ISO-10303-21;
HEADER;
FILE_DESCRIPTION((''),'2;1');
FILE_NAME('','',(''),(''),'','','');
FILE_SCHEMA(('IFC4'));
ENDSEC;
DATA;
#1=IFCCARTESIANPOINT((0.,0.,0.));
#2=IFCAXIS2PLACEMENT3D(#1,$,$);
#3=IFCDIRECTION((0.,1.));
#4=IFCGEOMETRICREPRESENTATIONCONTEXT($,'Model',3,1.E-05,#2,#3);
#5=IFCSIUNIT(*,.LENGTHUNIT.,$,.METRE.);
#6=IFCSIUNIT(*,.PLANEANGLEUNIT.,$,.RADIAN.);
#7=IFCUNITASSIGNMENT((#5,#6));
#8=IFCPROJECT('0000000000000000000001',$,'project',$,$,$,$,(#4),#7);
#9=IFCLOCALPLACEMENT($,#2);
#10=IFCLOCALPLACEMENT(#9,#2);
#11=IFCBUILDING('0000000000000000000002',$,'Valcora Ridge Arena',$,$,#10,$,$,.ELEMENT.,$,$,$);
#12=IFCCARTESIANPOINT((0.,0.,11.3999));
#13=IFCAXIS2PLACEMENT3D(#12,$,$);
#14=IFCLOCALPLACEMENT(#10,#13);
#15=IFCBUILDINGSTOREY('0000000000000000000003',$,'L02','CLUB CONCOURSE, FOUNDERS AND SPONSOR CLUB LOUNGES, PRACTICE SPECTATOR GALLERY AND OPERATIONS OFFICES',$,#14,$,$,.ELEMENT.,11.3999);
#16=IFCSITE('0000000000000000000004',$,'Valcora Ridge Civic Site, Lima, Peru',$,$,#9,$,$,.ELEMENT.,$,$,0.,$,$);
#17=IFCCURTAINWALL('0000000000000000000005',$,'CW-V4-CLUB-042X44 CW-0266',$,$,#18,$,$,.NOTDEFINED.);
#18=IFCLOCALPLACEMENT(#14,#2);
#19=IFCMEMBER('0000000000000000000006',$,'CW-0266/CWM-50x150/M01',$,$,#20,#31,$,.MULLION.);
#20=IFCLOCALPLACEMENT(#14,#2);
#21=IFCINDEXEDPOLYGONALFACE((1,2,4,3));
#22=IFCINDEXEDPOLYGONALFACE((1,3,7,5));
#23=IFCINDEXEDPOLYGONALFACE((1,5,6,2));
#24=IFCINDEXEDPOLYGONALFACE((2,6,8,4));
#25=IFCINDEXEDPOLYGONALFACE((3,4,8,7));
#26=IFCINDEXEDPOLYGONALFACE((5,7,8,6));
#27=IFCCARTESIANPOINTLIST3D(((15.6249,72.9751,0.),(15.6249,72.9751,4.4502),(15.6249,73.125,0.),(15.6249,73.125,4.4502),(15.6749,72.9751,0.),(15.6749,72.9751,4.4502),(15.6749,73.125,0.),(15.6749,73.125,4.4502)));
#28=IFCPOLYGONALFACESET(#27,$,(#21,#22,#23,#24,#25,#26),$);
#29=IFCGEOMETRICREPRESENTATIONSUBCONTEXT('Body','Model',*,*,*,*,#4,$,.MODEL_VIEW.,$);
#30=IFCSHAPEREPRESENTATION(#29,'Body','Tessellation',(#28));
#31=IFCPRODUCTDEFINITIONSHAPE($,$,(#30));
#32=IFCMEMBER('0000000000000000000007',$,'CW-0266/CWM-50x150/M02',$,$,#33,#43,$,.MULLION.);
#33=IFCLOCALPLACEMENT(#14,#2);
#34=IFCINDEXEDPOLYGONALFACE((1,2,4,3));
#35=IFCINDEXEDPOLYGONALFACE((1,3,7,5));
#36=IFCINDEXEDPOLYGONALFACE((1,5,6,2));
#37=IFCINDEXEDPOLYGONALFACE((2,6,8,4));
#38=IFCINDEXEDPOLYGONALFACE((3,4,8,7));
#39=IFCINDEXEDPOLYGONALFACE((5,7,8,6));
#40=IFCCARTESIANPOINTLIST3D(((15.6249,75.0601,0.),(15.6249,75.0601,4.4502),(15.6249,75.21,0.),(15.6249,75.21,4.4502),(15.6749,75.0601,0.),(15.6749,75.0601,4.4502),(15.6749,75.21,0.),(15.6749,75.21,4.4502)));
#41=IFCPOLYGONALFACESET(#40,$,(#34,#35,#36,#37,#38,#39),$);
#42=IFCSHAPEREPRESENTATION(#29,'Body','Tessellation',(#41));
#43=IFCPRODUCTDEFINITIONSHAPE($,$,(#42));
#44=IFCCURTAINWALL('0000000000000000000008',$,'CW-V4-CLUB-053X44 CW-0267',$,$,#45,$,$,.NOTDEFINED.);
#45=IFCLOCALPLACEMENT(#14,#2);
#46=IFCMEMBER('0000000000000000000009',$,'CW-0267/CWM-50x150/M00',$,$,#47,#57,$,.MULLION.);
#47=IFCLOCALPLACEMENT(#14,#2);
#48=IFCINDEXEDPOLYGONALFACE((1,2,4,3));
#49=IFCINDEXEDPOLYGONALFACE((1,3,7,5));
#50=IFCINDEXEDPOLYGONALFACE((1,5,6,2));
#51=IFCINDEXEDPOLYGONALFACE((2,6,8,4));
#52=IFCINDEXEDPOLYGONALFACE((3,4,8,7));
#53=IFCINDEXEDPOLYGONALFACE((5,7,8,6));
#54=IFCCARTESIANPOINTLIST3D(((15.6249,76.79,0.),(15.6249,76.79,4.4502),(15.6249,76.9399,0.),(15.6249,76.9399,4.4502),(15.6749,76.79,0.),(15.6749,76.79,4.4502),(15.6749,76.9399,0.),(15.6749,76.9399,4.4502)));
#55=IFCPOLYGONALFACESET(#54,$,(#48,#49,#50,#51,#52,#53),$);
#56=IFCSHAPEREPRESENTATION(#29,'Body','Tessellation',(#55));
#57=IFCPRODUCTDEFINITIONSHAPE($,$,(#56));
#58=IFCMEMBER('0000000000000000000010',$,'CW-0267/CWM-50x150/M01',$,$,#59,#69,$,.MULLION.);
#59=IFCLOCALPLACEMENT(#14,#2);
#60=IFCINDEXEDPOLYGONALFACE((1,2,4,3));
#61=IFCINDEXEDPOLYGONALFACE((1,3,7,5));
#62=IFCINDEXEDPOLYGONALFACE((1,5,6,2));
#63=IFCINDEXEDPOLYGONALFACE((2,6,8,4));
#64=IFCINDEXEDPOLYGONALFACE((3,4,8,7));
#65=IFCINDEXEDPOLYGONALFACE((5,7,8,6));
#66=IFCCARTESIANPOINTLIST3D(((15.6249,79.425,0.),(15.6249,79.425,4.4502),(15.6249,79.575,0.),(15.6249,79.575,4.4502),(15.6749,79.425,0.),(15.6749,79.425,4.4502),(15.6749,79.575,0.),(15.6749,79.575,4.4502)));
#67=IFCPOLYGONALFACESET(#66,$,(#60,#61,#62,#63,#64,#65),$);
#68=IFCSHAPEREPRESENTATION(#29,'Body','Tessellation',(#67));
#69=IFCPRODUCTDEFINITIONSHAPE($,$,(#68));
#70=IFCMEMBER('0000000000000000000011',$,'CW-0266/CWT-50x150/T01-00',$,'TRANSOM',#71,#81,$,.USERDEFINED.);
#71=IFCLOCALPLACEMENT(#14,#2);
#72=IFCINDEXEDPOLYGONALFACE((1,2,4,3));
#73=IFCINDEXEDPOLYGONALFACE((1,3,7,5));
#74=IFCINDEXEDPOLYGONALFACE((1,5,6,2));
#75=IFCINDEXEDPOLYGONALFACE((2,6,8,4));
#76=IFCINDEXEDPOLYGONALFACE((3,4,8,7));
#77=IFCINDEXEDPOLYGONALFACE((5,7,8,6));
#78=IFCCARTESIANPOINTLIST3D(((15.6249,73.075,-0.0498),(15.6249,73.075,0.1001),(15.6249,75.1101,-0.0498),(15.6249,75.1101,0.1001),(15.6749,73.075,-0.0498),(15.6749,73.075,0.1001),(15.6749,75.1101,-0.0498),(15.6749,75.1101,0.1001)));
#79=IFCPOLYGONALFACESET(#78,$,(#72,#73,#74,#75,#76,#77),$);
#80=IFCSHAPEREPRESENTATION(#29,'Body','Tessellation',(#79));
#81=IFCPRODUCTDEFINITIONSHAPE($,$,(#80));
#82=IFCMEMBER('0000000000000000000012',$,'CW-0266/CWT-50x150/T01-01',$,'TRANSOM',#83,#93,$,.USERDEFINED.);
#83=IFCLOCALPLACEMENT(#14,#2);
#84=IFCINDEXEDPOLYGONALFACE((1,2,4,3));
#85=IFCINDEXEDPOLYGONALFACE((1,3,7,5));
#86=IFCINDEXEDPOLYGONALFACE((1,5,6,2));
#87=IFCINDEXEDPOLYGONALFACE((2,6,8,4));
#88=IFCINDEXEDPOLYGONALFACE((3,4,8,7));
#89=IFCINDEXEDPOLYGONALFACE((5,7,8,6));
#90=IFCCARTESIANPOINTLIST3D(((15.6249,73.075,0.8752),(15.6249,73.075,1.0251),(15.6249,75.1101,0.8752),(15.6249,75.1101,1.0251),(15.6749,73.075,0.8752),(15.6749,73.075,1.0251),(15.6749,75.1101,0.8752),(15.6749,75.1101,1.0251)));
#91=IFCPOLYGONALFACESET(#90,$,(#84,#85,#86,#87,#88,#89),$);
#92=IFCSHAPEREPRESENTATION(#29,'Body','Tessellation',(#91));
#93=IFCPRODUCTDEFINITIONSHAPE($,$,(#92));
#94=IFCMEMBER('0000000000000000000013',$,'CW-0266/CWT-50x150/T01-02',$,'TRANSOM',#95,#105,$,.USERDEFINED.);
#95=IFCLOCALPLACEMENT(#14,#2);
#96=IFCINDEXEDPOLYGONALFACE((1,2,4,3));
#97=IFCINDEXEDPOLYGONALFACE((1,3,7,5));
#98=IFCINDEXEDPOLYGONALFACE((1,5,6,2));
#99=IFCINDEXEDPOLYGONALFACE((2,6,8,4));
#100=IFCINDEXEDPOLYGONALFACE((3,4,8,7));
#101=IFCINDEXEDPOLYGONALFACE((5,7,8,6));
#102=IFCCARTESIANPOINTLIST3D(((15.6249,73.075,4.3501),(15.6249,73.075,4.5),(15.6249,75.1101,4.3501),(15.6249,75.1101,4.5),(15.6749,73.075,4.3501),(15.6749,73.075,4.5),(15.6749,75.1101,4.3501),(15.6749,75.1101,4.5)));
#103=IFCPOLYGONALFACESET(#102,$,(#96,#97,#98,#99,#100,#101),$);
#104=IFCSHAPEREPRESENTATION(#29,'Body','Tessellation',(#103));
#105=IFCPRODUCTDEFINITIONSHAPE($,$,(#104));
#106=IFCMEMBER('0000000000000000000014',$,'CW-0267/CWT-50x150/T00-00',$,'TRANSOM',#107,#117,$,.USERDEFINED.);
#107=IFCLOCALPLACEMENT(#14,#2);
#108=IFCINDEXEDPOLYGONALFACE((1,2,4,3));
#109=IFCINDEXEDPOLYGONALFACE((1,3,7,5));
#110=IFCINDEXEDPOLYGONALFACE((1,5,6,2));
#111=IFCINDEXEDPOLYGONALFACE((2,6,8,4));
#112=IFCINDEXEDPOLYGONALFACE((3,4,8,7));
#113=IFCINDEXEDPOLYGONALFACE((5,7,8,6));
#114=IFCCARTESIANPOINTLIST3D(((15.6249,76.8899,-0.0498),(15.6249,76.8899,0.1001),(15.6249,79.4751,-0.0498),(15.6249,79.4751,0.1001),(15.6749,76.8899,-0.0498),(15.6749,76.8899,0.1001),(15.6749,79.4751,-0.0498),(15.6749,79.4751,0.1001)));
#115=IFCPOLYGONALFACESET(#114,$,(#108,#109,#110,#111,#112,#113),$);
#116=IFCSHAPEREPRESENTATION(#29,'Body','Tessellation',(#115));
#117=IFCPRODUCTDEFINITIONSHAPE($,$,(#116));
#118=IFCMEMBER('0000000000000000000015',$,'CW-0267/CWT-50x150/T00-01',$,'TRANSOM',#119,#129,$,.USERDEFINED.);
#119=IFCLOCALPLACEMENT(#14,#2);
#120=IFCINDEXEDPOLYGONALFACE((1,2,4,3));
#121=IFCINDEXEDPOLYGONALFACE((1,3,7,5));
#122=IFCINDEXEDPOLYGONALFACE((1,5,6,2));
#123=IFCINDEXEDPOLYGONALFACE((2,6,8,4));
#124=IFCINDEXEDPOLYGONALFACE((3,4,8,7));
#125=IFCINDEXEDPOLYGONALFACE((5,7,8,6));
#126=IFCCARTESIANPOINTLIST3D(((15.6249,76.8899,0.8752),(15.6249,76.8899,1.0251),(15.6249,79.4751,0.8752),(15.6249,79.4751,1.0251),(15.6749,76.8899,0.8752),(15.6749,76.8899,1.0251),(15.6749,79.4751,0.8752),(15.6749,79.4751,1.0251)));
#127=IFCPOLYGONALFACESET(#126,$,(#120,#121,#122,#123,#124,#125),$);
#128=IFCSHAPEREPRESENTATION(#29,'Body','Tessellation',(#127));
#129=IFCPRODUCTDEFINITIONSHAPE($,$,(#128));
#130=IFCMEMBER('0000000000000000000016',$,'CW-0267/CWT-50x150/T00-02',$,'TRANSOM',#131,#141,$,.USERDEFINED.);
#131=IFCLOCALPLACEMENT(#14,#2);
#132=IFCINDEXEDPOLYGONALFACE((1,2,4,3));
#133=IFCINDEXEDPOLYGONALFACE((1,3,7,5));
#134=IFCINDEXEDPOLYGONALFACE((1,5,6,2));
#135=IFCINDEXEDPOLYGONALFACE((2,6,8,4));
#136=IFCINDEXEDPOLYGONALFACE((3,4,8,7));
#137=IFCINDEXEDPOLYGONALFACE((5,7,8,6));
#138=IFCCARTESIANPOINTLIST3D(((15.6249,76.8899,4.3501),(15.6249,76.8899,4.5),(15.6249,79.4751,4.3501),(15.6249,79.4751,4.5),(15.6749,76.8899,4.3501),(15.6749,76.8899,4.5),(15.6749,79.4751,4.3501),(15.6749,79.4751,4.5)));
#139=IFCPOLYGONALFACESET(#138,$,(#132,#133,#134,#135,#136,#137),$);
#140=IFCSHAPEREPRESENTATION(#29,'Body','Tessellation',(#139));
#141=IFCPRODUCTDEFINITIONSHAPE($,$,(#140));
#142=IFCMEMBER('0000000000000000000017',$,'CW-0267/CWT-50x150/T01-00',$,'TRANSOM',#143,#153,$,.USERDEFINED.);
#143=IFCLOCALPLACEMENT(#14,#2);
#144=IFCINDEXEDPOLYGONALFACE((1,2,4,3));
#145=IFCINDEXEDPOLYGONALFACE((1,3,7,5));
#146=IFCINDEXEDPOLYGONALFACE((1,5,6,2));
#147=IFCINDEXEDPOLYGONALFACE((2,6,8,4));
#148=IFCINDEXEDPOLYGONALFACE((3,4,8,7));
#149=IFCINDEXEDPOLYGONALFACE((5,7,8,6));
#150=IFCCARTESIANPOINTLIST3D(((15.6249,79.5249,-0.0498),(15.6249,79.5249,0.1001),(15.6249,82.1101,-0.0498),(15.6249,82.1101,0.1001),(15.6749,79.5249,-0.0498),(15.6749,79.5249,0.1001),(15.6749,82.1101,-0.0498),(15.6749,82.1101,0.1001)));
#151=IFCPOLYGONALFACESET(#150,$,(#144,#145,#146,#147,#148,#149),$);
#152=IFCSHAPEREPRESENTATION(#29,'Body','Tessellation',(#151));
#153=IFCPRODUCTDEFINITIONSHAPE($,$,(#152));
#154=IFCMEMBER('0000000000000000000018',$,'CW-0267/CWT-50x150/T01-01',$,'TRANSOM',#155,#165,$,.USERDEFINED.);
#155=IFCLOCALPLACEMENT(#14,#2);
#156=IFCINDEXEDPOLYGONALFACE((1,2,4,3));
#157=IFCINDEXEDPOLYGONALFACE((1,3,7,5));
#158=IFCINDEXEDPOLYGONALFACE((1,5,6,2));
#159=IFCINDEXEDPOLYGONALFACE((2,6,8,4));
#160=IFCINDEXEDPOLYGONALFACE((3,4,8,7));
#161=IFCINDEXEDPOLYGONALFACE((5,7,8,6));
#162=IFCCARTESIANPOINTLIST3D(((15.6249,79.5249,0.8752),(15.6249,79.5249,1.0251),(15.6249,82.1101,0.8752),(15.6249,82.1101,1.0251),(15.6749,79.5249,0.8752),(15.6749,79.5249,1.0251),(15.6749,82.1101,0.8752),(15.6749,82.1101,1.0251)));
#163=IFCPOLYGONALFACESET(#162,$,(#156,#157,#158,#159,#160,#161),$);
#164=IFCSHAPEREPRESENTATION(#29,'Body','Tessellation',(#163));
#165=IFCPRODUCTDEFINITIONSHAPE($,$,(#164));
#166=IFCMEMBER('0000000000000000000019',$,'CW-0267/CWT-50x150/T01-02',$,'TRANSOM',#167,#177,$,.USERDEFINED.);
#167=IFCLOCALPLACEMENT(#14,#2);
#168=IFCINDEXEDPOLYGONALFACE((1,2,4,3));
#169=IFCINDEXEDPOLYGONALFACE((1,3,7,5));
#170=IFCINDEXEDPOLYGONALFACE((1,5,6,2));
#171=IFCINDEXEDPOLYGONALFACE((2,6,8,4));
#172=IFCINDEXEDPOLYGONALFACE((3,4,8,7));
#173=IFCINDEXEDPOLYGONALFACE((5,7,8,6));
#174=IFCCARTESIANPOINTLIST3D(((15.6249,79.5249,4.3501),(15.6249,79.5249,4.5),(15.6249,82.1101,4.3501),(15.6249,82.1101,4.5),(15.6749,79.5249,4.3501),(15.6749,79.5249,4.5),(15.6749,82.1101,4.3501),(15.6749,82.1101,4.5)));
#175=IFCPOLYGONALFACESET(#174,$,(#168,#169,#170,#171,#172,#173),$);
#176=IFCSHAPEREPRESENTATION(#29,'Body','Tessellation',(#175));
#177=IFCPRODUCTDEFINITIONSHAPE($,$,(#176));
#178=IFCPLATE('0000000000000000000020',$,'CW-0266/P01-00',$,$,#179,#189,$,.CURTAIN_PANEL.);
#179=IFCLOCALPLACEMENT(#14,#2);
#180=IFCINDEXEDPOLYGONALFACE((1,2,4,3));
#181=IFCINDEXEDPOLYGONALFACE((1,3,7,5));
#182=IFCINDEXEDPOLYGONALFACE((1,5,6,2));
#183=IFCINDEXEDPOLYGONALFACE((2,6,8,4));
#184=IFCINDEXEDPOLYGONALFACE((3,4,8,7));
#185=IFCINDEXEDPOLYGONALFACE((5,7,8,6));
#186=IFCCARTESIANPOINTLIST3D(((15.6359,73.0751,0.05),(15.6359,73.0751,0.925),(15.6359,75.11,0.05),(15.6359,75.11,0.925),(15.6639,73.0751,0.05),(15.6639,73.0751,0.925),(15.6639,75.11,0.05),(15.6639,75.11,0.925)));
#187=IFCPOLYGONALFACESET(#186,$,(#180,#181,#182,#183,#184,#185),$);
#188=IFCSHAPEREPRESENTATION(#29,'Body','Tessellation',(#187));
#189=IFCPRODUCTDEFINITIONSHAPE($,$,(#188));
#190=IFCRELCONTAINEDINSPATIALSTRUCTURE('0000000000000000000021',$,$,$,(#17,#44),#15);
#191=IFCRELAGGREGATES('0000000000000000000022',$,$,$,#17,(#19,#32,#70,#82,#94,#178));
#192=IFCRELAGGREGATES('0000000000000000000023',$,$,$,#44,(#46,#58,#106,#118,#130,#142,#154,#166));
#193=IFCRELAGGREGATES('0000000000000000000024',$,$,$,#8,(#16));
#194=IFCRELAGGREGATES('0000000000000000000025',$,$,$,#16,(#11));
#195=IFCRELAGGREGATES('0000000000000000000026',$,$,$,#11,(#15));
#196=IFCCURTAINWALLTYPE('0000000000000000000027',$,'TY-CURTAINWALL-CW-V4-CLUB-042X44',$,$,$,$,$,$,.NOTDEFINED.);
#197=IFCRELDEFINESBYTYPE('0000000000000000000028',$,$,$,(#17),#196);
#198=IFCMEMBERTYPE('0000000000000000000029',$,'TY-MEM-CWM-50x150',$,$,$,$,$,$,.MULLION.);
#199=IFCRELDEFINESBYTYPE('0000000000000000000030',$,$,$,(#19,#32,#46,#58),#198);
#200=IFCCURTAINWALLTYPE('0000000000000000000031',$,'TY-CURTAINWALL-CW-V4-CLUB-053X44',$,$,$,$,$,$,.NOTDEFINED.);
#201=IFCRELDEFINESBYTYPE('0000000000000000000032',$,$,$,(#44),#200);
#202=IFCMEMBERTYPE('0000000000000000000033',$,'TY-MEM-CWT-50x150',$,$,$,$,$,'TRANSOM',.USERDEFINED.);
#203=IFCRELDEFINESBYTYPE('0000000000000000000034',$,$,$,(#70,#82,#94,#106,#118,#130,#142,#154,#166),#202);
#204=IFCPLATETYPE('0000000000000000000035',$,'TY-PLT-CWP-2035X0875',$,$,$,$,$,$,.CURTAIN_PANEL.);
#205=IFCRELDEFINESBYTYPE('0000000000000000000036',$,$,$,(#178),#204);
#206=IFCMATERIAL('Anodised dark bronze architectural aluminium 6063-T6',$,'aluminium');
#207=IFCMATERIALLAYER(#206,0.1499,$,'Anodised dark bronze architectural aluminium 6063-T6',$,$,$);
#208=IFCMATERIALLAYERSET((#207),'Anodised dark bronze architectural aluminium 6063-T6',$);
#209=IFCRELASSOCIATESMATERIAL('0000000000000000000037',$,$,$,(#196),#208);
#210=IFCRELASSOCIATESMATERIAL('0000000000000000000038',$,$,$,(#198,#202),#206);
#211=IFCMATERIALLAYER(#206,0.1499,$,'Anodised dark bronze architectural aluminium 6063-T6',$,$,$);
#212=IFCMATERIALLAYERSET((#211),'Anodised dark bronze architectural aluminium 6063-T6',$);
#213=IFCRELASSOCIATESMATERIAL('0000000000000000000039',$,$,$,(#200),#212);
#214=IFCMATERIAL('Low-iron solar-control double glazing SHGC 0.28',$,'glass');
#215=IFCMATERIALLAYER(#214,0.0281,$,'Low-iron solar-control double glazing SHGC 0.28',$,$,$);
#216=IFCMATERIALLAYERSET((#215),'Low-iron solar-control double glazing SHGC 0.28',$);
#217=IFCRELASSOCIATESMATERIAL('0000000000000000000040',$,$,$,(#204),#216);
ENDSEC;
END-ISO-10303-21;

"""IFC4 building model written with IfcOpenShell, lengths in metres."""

from ifc_helpers import new_model, si_unit, direction, frame, origin, origin_2d, place, context, subcontext, project, spatial, rectangle, extrude, material, layer, layer_set, material_profile, profile_set, type_object, element, aggregate, save


model = new_model("IFC4")

# Units and contexts
model_context = context("Model", 3, precision=1e-05, world=origin(), true_north=direction((0.0, 1.0)))
body_context = subcontext(model_context, "Body", "Model", "MODEL_VIEW")
ifc_project = project(units=[si_unit("LENGTHUNIT", "METRE"), si_unit("PLANEANGLEUNIT", "RADIAN")], contexts=[model_context])

# Site, building, storey
site_placement = place(None, origin())
site = spatial("IfcSite", under=ifc_project, at=site_placement, Name="Valcora Ridge Civic Site, Lima, Peru", CompositionType="ELEMENT", RefElevation=0.0)
building_placement = place(site_placement, origin())
building = spatial("IfcBuilding", under=site, at=building_placement, Name="Valcora Ridge Arena", CompositionType="ELEMENT")
storey_placement = place(building_placement, frame((0.0, 0.0, 11.3999)))
storey = spatial("IfcBuildingStorey", under=building, at=storey_placement, Name="L02", Description="CLUB CONCOURSE, FOUNDERS AND SPONSOR CLUB LOUNGES, PRACTICE SPECTATOR GALLERY AND OPERATIONS OFFICES", CompositionType="ELEMENT", Elevation=11.3999)

# Curtain walls, members
ifc_material_1 = material(Name="Anodised dark bronze architectural aluminium 6063-T6", Category="aluminium")
ifc_layer_1 = layer(ifc_material_1, 0.1499, Name="Anodised dark bronze architectural aluminium 6063-T6")
ifc_layer_set_1 = layer_set([ifc_layer_1], Name="Anodised dark bronze architectural aluminium 6063-T6")
curtain_wall_type_1 = type_object("IfcCurtainWallType", Name="TY-CURTAINWALL-CW-V4-CLUB-042X44", PredefinedType="NOTDEFINED", material=ifc_layer_set_1)
curtain_wall_1_placement = place(storey_placement, origin())
curtain_wall_1 = element("IfcCurtainWall", 1, at=curtain_wall_1_placement, inside=storey, type_object=curtain_wall_type_1, Name="CW-V4-CLUB-042X44 CW-0266", PredefinedType="NOTDEFINED")
ifc_material_profile_1 = material_profile(ifc_material_1, rectangle(XDim=0.05, YDim=0.1499, at=origin_2d()), Name="ALU MULLION 50x150")
ifc_profile_set_1 = profile_set([ifc_material_profile_1], Name="Anodised dark bronze architectural aluminium 6063-T6")
member_type_1 = type_object("IfcMemberType", Name="TY-MEM-CWM-50x150", PredefinedType="MULLION", material=ifc_profile_set_1)
member_1_placement = place(storey_placement, frame((15.6499, 73.05, 0.0), z_axis=(0.0, 0.0, 1.0), x_axis=(-1.0, 0.0, 0.0)))
member_1 = element("IfcMember", 2, at=member_1_placement, type_object=member_type_1, Name="CW-0266/CWM-50x150/M01", PredefinedType="MULLION", context=body_context, shape_type="SweptSolid", body=[
    extrude(rectangle(XDim=0.05, YDim=0.1499, at=origin_2d()), origin(), (0.0, 0.0, 1.0), 4.4502),
])
member_2_placement = place(storey_placement, frame((15.6499, 75.135, 0.0), z_axis=(0.0, 0.0, 1.0), x_axis=(-1.0, 0.0, 0.0)))
member_2 = element("IfcMember", 3, at=member_2_placement, type_object=member_type_1, Name="CW-0266/CWM-50x150/M02", PredefinedType="MULLION", context=body_context, shape_type="SweptSolid", body=[
    extrude(rectangle(XDim=0.05, YDim=0.1499, at=origin_2d()), origin(), (0.0, 0.0, 1.0), 4.4502),
])
ifc_layer_2 = layer(ifc_material_1, 0.1499, Name="Anodised dark bronze architectural aluminium 6063-T6")
ifc_layer_set_2 = layer_set([ifc_layer_2], Name="Anodised dark bronze architectural aluminium 6063-T6")
curtain_wall_type_2 = type_object("IfcCurtainWallType", Name="TY-CURTAINWALL-CW-V4-CLUB-053X44", PredefinedType="NOTDEFINED", material=ifc_layer_set_2)
curtain_wall_2_placement = place(storey_placement, origin())
curtain_wall_2 = element("IfcCurtainWall", 4, at=curtain_wall_2_placement, inside=storey, type_object=curtain_wall_type_2, Name="CW-V4-CLUB-053X44 CW-0267", PredefinedType="NOTDEFINED")
member_3_placement = place(storey_placement, frame((15.6499, 76.865, 0.0), z_axis=(0.0, 0.0, 1.0), x_axis=(-1.0, 0.0, 0.0)))
member_3 = element("IfcMember", 5, at=member_3_placement, type_object=member_type_1, Name="CW-0267/CWM-50x150/M00", PredefinedType="MULLION", context=body_context, shape_type="SweptSolid", body=[
    extrude(rectangle(XDim=0.05, YDim=0.1499, at=origin_2d()), origin(), (0.0, 0.0, 1.0), 4.4502),
])
member_4_placement = place(storey_placement, frame((15.6499, 79.5, 0.0), z_axis=(0.0, 0.0, 1.0), x_axis=(-1.0, 0.0, 0.0)))
member_4 = element("IfcMember", 6, at=member_4_placement, type_object=member_type_1, Name="CW-0267/CWM-50x150/M01", PredefinedType="MULLION", context=body_context, shape_type="SweptSolid", body=[
    extrude(rectangle(XDim=0.05, YDim=0.1499, at=origin_2d()), origin(), (0.0, 0.0, 1.0), 4.4502),
])

# Members
ifc_material_profile_2 = material_profile(ifc_material_1, rectangle(XDim=0.05, YDim=0.1499, at=origin_2d()), Name="ALU TRANSOM 50x150")
ifc_profile_set_2 = profile_set([ifc_material_profile_2], Name="Anodised dark bronze architectural aluminium 6063-T6")
member_type_2 = type_object("IfcMemberType", Name="TY-MEM-CWT-50x150", ElementType="TRANSOM", PredefinedType="USERDEFINED", material=ifc_profile_set_2)
member_5_placement = place(storey_placement, frame((15.6499, 73.075, 0.0251), z_axis=(0.0, 1.0, 0.0), x_axis=(-1.0, 0.0, 0.0)))
member_5 = element("IfcMember", 7, at=member_5_placement, type_object=member_type_2, Name="CW-0266/CWT-50x150/T01-00", ObjectType="TRANSOM", PredefinedType="USERDEFINED", context=body_context, shape_type="SweptSolid", body=[
    extrude(rectangle(XDim=0.05, YDim=0.1499, at=origin_2d()), origin(), (0.0, 0.0, 1.0), 2.0352),
])
member_6_placement = place(storey_placement, frame((15.6499, 73.075, 0.9502), z_axis=(0.0, 1.0, 0.0), x_axis=(-1.0, 0.0, 0.0)))
member_6 = element("IfcMember", 8, at=member_6_placement, type_object=member_type_2, Name="CW-0266/CWT-50x150/T01-01", ObjectType="TRANSOM", PredefinedType="USERDEFINED", context=body_context, shape_type="SweptSolid", body=[
    extrude(rectangle(XDim=0.05, YDim=0.1499, at=origin_2d()), origin(), (0.0, 0.0, 1.0), 2.0352),
])
member_7_placement = place(storey_placement, frame((15.6499, 73.075, 4.425), z_axis=(0.0, 1.0, 0.0), x_axis=(-1.0, 0.0, 0.0)))
member_7 = element("IfcMember", 9, at=member_7_placement, type_object=member_type_2, Name="CW-0266/CWT-50x150/T01-02", ObjectType="TRANSOM", PredefinedType="USERDEFINED", context=body_context, shape_type="SweptSolid", body=[
    extrude(rectangle(XDim=0.05, YDim=0.1499, at=origin_2d()), origin(), (0.0, 0.0, 1.0), 2.0352),
])
member_8_placement = place(storey_placement, frame((15.6499, 76.8899, 0.0251), z_axis=(0.0, 1.0, 0.0), x_axis=(-1.0, 0.0, 0.0)))
member_8 = element("IfcMember", 10, at=member_8_placement, type_object=member_type_2, Name="CW-0267/CWT-50x150/T00-00", ObjectType="TRANSOM", PredefinedType="USERDEFINED", context=body_context, shape_type="SweptSolid", body=[
    extrude(rectangle(XDim=0.05, YDim=0.1499, at=origin_2d()), origin(), (0.0, 0.0, 1.0), 2.5852),
])
member_9_placement = place(storey_placement, frame((15.6499, 76.8899, 0.9502), z_axis=(0.0, 1.0, 0.0), x_axis=(-1.0, 0.0, 0.0)))
member_9 = element("IfcMember", 11, at=member_9_placement, type_object=member_type_2, Name="CW-0267/CWT-50x150/T00-01", ObjectType="TRANSOM", PredefinedType="USERDEFINED", context=body_context, shape_type="SweptSolid", body=[
    extrude(rectangle(XDim=0.05, YDim=0.1499, at=origin_2d()), origin(), (0.0, 0.0, 1.0), 2.5852),
])
member_10_placement = place(storey_placement, frame((15.6499, 76.8899, 4.425), z_axis=(0.0, 1.0, 0.0), x_axis=(-1.0, 0.0, 0.0)))
member_10 = element("IfcMember", 12, at=member_10_placement, type_object=member_type_2, Name="CW-0267/CWT-50x150/T00-02", ObjectType="TRANSOM", PredefinedType="USERDEFINED", context=body_context, shape_type="SweptSolid", body=[
    extrude(rectangle(XDim=0.05, YDim=0.1499, at=origin_2d()), origin(), (0.0, 0.0, 1.0), 2.5852),
])
member_11_placement = place(storey_placement, frame((15.6499, 79.5249, 0.0251), z_axis=(0.0, 1.0, 0.0), x_axis=(-1.0, 0.0, 0.0)))
member_11 = element("IfcMember", 13, at=member_11_placement, type_object=member_type_2, Name="CW-0267/CWT-50x150/T01-00", ObjectType="TRANSOM", PredefinedType="USERDEFINED", context=body_context, shape_type="SweptSolid", body=[
    extrude(rectangle(XDim=0.05, YDim=0.1499, at=origin_2d()), origin(), (0.0, 0.0, 1.0), 2.5852),
])
member_12_placement = place(storey_placement, frame((15.6499, 79.5249, 0.9502), z_axis=(0.0, 1.0, 0.0), x_axis=(-1.0, 0.0, 0.0)))
member_12 = element("IfcMember", 14, at=member_12_placement, type_object=member_type_2, Name="CW-0267/CWT-50x150/T01-01", ObjectType="TRANSOM", PredefinedType="USERDEFINED", context=body_context, shape_type="SweptSolid", body=[
    extrude(rectangle(XDim=0.05, YDim=0.1499, at=origin_2d()), origin(), (0.0, 0.0, 1.0), 2.5852),
])
member_13_placement = place(storey_placement, frame((15.6499, 79.5249, 4.425), z_axis=(0.0, 1.0, 0.0), x_axis=(-1.0, 0.0, 0.0)))
member_13 = element("IfcMember", 15, at=member_13_placement, type_object=member_type_2, Name="CW-0267/CWT-50x150/T01-02", ObjectType="TRANSOM", PredefinedType="USERDEFINED", context=body_context, shape_type="SweptSolid", body=[
    extrude(rectangle(XDim=0.05, YDim=0.1499, at=origin_2d()), origin(), (0.0, 0.0, 1.0), 2.5852),
])

# Plate
ifc_material_2 = material(Name="Low-iron solar-control double glazing SHGC 0.28", Category="glass")
ifc_layer_3 = layer(ifc_material_2, 0.0281, Name="Low-iron solar-control double glazing SHGC 0.28")
ifc_layer_set_3 = layer_set([ifc_layer_3], Name="Low-iron solar-control double glazing SHGC 0.28")
plate_type_1 = type_object("IfcPlateType", Name="TY-PLT-CWP-2035X0875", PredefinedType="CURTAIN_PANEL", material=ifc_layer_set_3)
plate_1_placement = place(storey_placement, frame((15.6499, 74.0925, 0.05), z_axis=(0.0, 0.0, 1.0), x_axis=(0.0, 1.0, 0.0)))
plate_1 = element("IfcPlate", 16, at=plate_1_placement, type_object=plate_type_1, Name="CW-0266/P01-00", PredefinedType="CURTAIN_PANEL", context=body_context, shape_type="SweptSolid", body=[
    extrude(rectangle(XDim=2.0349, YDim=0.0281, at=origin_2d()), origin(), (0.0, 0.0, 1.0), 0.875),
])
aggregate(curtain_wall_1, [member_1, member_2, member_5, member_6, member_7, plate_1])
aggregate(curtain_wall_2, [member_3, member_4, member_8, member_9, member_10, member_11, member_12, member_13])

save(model, "model.ifc")
